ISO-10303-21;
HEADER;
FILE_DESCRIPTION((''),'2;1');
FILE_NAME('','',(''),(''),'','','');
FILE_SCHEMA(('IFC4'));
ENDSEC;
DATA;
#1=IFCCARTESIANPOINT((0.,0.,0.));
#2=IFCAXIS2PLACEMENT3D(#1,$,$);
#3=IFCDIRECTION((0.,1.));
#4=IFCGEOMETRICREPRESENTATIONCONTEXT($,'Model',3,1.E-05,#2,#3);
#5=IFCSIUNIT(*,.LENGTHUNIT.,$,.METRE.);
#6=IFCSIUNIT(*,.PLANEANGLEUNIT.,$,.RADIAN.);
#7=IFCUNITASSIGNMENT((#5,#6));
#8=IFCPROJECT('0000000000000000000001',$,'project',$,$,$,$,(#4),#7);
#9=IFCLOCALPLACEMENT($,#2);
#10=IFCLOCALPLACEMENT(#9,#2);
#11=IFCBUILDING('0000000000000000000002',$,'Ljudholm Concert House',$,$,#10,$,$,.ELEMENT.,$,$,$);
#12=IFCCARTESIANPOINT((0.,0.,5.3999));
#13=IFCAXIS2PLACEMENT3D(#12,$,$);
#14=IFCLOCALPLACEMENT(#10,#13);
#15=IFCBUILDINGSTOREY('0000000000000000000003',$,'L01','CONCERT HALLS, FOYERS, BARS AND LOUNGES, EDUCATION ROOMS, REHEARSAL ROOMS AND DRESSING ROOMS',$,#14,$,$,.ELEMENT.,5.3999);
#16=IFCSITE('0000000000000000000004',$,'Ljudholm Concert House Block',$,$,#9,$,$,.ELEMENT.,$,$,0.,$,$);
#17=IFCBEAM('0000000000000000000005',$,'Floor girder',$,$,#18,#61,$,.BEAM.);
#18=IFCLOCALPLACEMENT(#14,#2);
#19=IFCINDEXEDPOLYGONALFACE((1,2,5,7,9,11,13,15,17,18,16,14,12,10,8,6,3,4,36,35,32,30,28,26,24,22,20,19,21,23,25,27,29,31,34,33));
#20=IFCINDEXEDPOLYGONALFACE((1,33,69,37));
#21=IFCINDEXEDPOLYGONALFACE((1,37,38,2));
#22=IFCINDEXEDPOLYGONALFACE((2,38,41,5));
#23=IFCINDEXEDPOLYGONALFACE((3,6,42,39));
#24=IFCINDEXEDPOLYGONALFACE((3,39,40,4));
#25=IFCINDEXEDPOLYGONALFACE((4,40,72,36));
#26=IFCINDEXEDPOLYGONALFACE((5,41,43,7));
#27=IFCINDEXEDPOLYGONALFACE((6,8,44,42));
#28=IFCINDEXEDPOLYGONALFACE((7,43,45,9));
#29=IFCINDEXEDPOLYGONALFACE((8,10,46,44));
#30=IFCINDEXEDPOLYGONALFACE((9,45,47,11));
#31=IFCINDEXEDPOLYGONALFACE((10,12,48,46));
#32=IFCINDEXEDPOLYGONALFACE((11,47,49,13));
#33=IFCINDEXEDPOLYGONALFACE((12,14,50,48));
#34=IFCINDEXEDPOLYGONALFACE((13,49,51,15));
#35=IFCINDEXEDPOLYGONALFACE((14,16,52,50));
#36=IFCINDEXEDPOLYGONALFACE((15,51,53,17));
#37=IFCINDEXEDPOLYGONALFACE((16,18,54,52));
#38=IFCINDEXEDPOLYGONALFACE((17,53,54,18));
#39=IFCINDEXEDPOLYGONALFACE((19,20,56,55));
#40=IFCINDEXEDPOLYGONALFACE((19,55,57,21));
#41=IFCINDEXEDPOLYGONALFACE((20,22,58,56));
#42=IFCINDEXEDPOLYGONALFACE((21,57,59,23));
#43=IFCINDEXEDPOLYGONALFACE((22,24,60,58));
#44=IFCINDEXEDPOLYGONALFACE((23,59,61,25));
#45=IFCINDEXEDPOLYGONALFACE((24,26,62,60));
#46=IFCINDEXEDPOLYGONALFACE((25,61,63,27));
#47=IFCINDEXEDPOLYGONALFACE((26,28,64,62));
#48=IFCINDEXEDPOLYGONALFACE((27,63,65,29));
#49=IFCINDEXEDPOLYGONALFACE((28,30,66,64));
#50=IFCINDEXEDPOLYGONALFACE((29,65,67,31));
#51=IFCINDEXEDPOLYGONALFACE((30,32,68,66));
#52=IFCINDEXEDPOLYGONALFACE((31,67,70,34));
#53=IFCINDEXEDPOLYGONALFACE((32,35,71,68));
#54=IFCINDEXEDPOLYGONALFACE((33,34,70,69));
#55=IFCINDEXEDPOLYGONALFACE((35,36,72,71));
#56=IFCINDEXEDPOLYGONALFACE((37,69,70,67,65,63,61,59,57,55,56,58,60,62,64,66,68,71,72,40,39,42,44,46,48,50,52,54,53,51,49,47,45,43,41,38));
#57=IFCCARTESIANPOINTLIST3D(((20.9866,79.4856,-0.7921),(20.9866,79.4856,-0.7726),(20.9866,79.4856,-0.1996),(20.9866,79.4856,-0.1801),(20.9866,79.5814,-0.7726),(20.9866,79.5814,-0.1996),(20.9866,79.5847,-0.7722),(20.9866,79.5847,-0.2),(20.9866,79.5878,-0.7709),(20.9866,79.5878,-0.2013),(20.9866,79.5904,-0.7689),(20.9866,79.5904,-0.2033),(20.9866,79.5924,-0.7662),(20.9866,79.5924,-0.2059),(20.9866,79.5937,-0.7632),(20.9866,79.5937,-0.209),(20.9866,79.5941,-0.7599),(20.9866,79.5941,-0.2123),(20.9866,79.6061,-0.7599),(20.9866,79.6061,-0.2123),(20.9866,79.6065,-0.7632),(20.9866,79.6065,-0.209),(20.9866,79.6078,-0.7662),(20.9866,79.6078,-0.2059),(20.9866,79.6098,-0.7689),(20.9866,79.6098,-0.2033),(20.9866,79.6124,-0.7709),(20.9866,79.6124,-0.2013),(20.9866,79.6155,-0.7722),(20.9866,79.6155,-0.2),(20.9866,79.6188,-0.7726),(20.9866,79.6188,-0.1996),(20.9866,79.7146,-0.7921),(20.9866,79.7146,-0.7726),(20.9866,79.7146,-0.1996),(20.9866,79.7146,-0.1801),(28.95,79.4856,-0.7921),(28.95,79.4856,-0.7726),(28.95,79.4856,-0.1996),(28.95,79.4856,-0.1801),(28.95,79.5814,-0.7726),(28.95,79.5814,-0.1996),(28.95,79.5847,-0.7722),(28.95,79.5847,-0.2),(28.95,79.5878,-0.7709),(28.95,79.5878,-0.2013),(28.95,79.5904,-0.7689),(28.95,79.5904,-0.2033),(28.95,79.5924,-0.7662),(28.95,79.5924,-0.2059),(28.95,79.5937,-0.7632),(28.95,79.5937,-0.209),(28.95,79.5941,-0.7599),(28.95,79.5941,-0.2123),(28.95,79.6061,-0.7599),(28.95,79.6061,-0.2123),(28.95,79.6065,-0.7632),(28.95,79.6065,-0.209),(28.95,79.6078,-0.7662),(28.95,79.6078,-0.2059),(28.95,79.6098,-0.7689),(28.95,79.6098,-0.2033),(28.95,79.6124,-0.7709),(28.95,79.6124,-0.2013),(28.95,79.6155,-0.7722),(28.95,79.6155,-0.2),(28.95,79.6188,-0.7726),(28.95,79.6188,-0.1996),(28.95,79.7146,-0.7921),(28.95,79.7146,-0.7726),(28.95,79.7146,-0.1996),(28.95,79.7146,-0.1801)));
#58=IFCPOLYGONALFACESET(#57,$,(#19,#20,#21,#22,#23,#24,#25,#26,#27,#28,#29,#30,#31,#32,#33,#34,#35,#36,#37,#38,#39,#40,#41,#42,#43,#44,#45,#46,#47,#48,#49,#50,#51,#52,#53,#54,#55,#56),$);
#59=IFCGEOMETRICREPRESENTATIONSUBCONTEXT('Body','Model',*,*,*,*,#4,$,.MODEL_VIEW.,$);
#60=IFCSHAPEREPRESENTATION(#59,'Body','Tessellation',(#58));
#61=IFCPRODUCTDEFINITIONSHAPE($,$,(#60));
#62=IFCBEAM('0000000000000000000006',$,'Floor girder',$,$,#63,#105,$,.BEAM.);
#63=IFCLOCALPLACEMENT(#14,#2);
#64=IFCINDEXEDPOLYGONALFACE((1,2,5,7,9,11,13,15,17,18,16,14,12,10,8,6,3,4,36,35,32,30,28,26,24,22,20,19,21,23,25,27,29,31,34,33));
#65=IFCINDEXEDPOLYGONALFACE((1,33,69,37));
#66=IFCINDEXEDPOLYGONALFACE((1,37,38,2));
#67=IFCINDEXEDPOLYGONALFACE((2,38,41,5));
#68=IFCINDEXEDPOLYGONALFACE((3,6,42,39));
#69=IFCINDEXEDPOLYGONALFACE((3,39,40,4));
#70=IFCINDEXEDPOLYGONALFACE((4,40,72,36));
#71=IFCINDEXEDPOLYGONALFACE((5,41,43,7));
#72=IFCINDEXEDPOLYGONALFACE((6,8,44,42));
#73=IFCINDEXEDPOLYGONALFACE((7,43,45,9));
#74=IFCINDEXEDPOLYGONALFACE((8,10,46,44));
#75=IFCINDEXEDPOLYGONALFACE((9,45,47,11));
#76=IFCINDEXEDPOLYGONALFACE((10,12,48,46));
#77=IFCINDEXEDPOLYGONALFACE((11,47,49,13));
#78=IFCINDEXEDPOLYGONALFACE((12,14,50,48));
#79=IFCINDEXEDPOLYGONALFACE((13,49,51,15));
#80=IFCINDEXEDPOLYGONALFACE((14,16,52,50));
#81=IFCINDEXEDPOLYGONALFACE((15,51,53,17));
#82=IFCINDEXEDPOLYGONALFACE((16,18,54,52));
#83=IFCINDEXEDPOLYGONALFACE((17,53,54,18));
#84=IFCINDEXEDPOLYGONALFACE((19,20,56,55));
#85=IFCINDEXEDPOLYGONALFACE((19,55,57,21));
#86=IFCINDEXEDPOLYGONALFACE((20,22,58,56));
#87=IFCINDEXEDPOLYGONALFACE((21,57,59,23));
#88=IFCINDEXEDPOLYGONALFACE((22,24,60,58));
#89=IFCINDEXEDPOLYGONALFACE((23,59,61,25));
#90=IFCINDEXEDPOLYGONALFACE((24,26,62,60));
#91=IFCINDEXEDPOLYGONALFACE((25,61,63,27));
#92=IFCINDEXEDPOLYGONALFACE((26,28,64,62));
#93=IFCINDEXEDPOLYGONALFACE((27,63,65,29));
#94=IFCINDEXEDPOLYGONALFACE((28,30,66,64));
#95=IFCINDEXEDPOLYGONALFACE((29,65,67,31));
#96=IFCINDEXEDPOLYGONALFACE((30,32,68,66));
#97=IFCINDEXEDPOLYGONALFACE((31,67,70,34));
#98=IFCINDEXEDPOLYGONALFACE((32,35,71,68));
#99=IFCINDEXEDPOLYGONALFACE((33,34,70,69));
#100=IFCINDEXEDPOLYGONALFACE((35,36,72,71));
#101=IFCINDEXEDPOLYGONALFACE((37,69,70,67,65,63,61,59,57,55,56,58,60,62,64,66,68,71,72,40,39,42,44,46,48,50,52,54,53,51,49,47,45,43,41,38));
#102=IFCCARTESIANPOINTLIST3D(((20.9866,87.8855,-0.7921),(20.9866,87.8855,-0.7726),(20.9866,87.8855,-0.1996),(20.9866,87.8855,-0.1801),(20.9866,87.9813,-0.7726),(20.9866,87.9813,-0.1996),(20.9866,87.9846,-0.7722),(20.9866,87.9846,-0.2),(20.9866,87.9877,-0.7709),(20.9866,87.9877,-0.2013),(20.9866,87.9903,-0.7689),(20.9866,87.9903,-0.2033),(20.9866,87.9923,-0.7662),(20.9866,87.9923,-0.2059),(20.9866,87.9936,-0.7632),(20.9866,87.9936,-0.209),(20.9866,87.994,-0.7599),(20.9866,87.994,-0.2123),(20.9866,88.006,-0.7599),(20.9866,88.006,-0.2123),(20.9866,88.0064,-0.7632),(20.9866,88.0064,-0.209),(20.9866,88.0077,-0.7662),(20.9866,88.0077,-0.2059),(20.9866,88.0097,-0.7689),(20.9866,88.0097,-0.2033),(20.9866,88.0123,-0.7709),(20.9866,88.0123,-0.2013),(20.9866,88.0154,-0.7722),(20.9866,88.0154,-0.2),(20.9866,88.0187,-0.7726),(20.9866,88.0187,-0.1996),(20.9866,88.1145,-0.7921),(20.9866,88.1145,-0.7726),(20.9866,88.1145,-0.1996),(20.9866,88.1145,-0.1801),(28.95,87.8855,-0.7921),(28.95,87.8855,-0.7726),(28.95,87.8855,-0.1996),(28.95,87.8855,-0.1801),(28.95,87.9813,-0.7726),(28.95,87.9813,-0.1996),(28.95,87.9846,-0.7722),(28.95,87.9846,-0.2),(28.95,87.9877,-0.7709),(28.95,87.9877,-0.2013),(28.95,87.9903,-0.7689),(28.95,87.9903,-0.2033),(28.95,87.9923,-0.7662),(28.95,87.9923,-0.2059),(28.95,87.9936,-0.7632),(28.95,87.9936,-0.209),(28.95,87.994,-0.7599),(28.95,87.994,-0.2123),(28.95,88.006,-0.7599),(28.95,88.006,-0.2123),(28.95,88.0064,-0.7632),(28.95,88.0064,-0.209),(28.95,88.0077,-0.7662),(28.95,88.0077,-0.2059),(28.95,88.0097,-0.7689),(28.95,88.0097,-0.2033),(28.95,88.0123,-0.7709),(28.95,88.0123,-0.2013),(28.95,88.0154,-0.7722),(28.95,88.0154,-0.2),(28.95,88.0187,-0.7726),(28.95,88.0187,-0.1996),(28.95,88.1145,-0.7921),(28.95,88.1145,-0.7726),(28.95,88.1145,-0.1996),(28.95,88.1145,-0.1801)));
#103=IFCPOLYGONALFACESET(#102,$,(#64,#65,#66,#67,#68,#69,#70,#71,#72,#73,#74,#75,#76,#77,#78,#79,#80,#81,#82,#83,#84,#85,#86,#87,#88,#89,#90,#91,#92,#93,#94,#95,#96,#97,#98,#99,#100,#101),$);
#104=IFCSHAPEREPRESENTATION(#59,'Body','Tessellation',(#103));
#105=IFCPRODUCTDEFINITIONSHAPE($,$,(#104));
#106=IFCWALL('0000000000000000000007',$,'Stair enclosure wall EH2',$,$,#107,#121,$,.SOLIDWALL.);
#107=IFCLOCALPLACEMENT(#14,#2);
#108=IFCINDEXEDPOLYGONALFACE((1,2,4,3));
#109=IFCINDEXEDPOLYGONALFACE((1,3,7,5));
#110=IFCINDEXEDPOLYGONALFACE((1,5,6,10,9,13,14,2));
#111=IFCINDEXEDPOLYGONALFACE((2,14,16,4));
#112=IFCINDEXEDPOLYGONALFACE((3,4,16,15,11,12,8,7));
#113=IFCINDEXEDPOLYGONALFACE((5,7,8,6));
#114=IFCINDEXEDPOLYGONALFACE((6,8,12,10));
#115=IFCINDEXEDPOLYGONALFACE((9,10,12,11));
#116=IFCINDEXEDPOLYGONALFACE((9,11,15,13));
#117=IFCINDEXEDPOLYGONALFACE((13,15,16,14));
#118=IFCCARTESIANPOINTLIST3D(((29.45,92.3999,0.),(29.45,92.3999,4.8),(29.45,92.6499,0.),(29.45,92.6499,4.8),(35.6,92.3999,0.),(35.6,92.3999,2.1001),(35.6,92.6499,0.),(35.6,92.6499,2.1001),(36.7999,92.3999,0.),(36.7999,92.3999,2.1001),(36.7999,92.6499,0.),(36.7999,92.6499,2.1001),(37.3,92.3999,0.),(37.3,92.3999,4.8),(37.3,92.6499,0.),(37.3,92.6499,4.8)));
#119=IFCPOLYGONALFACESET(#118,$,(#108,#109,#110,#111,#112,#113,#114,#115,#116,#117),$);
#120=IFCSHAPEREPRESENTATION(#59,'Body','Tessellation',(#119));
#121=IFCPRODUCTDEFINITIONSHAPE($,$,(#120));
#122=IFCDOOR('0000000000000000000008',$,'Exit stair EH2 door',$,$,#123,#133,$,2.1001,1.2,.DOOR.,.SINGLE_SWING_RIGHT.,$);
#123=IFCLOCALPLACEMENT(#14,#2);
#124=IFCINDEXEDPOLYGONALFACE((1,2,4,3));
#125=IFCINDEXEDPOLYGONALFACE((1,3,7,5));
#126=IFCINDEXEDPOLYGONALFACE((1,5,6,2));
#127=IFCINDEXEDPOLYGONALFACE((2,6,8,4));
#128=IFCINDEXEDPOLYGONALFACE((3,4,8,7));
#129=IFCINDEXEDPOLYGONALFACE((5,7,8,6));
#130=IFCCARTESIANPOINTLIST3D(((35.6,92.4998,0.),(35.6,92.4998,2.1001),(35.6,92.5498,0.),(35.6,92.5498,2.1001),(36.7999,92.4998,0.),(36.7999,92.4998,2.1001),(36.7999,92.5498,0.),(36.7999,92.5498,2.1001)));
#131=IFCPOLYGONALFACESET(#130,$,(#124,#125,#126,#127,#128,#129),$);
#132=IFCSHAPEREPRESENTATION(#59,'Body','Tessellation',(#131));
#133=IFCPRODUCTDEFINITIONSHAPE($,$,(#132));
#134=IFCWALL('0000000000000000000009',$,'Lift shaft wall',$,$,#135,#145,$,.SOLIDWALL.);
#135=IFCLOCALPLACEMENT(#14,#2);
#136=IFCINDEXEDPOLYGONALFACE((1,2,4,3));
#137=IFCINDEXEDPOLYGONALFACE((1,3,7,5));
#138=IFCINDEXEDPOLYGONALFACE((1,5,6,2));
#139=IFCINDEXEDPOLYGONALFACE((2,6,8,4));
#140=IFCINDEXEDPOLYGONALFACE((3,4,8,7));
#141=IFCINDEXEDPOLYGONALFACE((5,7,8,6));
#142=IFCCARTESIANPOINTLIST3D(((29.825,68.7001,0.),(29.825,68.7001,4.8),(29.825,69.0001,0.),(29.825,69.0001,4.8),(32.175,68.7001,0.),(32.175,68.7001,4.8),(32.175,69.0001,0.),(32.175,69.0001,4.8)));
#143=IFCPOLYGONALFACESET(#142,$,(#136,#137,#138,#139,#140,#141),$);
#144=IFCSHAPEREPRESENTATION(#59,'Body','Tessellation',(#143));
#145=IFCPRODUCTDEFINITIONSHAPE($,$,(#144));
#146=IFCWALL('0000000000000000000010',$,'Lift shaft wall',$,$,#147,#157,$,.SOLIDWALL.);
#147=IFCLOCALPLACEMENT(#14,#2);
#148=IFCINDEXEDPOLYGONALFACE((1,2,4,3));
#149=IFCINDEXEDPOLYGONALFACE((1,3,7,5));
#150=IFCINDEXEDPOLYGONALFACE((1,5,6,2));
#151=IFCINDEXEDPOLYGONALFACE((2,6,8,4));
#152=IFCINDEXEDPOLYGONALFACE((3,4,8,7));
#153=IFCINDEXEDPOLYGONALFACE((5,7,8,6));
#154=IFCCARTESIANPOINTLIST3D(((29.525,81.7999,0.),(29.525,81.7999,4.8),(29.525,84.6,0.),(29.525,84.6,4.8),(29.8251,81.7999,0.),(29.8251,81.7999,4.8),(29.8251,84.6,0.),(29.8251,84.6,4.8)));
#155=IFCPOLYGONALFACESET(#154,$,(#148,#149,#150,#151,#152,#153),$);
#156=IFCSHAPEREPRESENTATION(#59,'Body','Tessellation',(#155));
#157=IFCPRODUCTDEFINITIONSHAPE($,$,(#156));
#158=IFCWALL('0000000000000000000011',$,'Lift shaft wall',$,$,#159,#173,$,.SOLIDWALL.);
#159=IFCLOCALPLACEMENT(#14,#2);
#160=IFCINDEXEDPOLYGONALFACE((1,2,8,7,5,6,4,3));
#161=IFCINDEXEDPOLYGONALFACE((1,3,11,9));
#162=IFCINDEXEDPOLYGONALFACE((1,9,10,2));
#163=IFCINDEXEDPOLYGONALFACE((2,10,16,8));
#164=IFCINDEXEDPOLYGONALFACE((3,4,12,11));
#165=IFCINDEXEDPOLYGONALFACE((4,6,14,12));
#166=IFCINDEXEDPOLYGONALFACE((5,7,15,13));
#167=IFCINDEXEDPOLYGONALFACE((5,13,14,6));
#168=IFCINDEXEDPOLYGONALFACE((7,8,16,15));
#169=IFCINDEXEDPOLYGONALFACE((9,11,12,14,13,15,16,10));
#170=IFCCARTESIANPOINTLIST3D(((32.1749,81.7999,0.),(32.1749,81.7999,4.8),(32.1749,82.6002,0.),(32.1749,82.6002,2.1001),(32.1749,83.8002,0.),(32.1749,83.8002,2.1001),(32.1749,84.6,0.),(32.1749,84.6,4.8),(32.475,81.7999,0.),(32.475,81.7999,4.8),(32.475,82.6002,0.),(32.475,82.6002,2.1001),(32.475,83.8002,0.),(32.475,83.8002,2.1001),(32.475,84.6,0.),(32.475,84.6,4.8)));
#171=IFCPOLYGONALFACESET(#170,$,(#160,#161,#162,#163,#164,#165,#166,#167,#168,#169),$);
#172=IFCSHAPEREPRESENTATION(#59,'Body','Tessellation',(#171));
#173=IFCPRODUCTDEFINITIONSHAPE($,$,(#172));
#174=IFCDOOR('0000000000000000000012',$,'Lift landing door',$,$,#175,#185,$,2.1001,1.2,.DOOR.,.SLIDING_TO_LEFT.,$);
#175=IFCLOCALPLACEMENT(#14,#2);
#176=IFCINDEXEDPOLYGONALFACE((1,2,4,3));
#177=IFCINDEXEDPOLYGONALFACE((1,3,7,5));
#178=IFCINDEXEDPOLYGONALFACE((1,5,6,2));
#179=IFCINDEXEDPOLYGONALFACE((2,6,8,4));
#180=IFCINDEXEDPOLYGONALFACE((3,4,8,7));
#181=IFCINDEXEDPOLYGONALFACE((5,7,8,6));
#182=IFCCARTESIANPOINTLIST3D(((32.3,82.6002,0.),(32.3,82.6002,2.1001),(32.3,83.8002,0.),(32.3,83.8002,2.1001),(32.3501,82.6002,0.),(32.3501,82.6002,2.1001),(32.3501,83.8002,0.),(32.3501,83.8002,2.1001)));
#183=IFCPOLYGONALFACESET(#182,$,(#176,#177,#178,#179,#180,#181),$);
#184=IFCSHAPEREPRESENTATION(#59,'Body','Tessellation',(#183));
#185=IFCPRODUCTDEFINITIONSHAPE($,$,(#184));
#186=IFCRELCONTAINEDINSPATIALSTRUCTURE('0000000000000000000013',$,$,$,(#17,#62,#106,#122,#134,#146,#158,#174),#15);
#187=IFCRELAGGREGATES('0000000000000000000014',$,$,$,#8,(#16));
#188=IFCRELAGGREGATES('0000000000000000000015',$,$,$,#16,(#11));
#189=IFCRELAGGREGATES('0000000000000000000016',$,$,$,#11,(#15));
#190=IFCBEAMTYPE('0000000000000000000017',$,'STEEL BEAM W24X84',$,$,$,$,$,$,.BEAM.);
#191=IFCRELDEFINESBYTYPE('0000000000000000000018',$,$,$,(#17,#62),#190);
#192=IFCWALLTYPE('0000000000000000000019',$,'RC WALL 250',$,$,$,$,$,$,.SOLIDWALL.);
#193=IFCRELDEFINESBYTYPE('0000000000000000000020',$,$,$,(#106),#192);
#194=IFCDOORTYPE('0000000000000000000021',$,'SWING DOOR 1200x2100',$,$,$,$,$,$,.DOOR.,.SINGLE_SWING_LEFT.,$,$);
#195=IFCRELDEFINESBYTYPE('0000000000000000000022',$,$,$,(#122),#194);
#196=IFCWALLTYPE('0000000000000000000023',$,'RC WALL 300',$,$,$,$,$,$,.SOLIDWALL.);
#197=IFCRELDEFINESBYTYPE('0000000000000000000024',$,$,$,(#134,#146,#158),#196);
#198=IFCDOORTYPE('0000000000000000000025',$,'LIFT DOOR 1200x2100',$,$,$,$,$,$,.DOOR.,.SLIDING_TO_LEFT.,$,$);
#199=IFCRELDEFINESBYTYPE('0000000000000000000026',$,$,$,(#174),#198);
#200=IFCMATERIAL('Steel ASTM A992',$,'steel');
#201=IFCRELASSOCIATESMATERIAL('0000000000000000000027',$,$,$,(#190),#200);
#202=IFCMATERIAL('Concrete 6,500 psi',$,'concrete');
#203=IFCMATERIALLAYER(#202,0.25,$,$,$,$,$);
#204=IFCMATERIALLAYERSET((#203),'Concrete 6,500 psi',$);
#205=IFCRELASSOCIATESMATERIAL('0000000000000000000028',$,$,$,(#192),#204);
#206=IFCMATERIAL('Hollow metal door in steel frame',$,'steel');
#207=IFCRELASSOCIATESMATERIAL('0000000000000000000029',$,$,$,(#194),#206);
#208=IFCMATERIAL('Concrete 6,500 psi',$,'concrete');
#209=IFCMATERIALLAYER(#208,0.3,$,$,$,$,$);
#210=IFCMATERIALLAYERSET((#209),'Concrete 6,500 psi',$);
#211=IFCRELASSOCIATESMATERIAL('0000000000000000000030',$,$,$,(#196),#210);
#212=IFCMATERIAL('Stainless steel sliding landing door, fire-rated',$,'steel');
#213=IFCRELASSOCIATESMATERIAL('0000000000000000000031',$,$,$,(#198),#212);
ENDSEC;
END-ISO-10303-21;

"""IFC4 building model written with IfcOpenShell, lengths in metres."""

from ifc_helpers import new_model, si_unit, direction, frame, frame_2d, origin, origin_2d, place, context, subcontext, project, spatial, rectangle, i_section, extrude, material, layer, layer_set, material_profile, profile_set, type_object, element, fill, save


model = new_model("IFC4")

# Units and contexts
model_context = context("Model", 3, precision=1e-05, world=origin(), true_north=direction((0.0, 1.0)))
body_context = subcontext(model_context, "Body", "Model", "MODEL_VIEW")
ifc_project = project(units=[si_unit("LENGTHUNIT", "METRE"), si_unit("PLANEANGLEUNIT", "RADIAN")], contexts=[model_context])

# Site, building, storey
site_placement = place(None, origin())
site = spatial("IfcSite", under=ifc_project, at=site_placement, Name="Ljudholm Concert House Block", CompositionType="ELEMENT", RefElevation=0.0)
building_placement = place(site_placement, origin())
building = spatial("IfcBuilding", under=site, at=building_placement, Name="Ljudholm Concert House", CompositionType="ELEMENT")
storey_placement = place(building_placement, frame((0.0, 0.0, 5.3999)))
storey = spatial("IfcBuildingStorey", under=building, at=storey_placement, Name="L01", Description="CONCERT HALLS, FOYERS, BARS AND LOUNGES, EDUCATION ROOMS, REHEARSAL ROOMS AND DRESSING ROOMS", CompositionType="ELEMENT", Elevation=5.3999)

# Beams
ifc_material_1 = material(Name="Steel ASTM A992", Category="steel")
ifc_material_profile_1 = material_profile(ifc_material_1, i_section(OverallWidth=0.229, OverallDepth=0.6121, WebThickness=0.012, FlangeThickness=0.0195, FilletRadius=0.0127, at=origin_2d()), Name="W24X84")
ifc_profile_set_1 = profile_set([ifc_material_profile_1], Name="Steel ASTM A992")
beam_type_1 = type_object("IfcBeamType", Name="STEEL BEAM W24X84", PredefinedType="BEAM", material=ifc_profile_set_1)
for number, where, z_axis, x_axis, name in (
    (1, (20.9866, 79.6001, -0.4861), (1.0, 0.0, 0.0), (0.0, 1.0, 0.0), "Floor girder"),
    (2, (20.9866, 88.0, -0.4861), (1.0, 0.0, 0.0), (0.0, 1.0, 0.0), "Floor girder"),
):
    element("IfcBeam", number, at=place(storey_placement, frame(where, z_axis=z_axis, x_axis=x_axis)), inside=storey, type_object=beam_type_1, Name=name, PredefinedType="BEAM", context=body_context, shape_type="SweptSolid", body=[
        extrude(i_section(OverallWidth=0.229, OverallDepth=0.6121, WebThickness=0.012, FlangeThickness=0.0195, FilletRadius=0.0127, at=origin_2d()), origin(), (0.0, 0.0, 1.0), 7.9634),
    ])

# Wall, opening, door
ifc_material_2 = material(Name="Concrete 6,500 psi", Category="concrete")
ifc_layer_1 = layer(ifc_material_2, 0.25)
ifc_layer_set_1 = layer_set([ifc_layer_1], Name="Concrete 6,500 psi")
wall_type_1 = type_object("IfcWallType", Name="RC WALL 250", PredefinedType="SOLIDWALL", material=ifc_layer_set_1)
wall_1_placement = place(storey_placement, frame((29.45, 92.5249, 0.0), z_axis=(0.0, 0.0, 1.0), x_axis=(1.0, 0.0, 0.0)))
wall_1 = element("IfcWall", 3, at=wall_1_placement, inside=storey, type_object=wall_type_1, Name="Stair enclosure wall EH2", PredefinedType="SOLIDWALL", context=body_context, shape_type="SweptSolid", body=[
    extrude(rectangle(XDim=7.8501, YDim=0.25, at=frame_2d((3.925, 0.0))), origin(), (0.0, 0.0, 1.0), 4.8),
])
opening_1_placement = place(wall_1_placement, frame((6.1499, 0.0, 0.0)))
opening_1 = element("IfcOpeningElement", 4, at=opening_1_placement, cuts=wall_1, PredefinedType="OPENING", context=body_context, shape_type="SweptSolid", body=[
    extrude(rectangle(XDim=1.2, YDim=2.1001, at=frame_2d((0.6001, 1.05))), frame((0.0, 0.135, 0.0), z_axis=(0.0, -1.0, 0.0), x_axis=(1.0, 0.0, 0.0)), (0.0, 0.0, 1.0), 0.27),
])
ifc_material_3 = material(Name="Hollow metal door in steel frame", Category="steel")
door_type_1 = type_object("IfcDoorType", Name="SWING DOOR 1200x2100", OperationType="SINGLE_SWING_LEFT", PredefinedType="DOOR", material=ifc_material_3)
door_1_placement = place(opening_1_placement, origin())
door_1 = element("IfcDoor", 5, at=door_1_placement, inside=storey, type_object=door_type_1, Name="Exit stair EH2 door", OperationType="SINGLE_SWING_RIGHT", OverallHeight=2.1001, OverallWidth=1.2, PredefinedType="DOOR", context=body_context, shape_type="SweptSolid", body=[
    extrude(rectangle(XDim=1.2, YDim=2.1001, at=frame_2d((0.6001, 1.05))), frame((0.0, 0.0249, 0.0), z_axis=(0.0, -1.0, 0.0), x_axis=(1.0, 0.0, 0.0)), (0.0, 0.0, 1.0), 0.05),
])
fill(opening_1, door_1)

# Walls
ifc_material_4 = material(Name="Concrete 6,500 psi", Category="concrete")
ifc_layer_2 = layer(ifc_material_4, 0.3)
ifc_layer_set_2 = layer_set([ifc_layer_2], Name="Concrete 6,500 psi")
wall_type_2 = type_object("IfcWallType", Name="RC WALL 300", PredefinedType="SOLIDWALL", material=ifc_layer_set_2)
wall_2_placement = place(storey_placement, frame((29.825, 68.8501, 0.0), z_axis=(0.0, 0.0, 1.0), x_axis=(1.0, 0.0, 0.0)))
element("IfcWall", 6, at=wall_2_placement, inside=storey, type_object=wall_type_2, Name="Lift shaft wall", PredefinedType="SOLIDWALL", context=body_context, shape_type="SweptSolid", body=[
    extrude(rectangle(XDim=2.3501, YDim=0.3, at=frame_2d((1.175, 0.0))), origin(), (0.0, 0.0, 1.0), 4.8),
])
wall_3_placement = place(storey_placement, frame((29.675, 81.8, 0.0), z_axis=(0.0, 0.0, 1.0), x_axis=(0.0, 1.0, 0.0)))
element("IfcWall", 7, at=wall_3_placement, inside=storey, type_object=wall_type_2, Name="Lift shaft wall", PredefinedType="SOLIDWALL", context=body_context, shape_type="SweptSolid", body=[
    extrude(rectangle(XDim=2.8, YDim=0.3, at=frame_2d((1.3999, 0.0))), origin(), (0.0, 0.0, 1.0), 4.8),
])

# Wall, opening, door
wall_4_placement = place(storey_placement, frame((32.325, 81.8, 0.0), z_axis=(0.0, 0.0, 1.0), x_axis=(0.0, 1.0, 0.0)))
wall_4 = element("IfcWall", 8, at=wall_4_placement, inside=storey, type_object=wall_type_2, Name="Lift shaft wall", PredefinedType="SOLIDWALL", context=body_context, shape_type="SweptSolid", body=[
    extrude(rectangle(XDim=2.8, YDim=0.3, at=frame_2d((1.3999, 0.0))), origin(), (0.0, 0.0, 1.0), 4.8),
])
opening_2_placement = place(wall_4_placement, frame((0.8, 0.0, 0.0)))
opening_2 = element("IfcOpeningElement", 9, at=opening_2_placement, cuts=wall_4, PredefinedType="OPENING", context=body_context, shape_type="SweptSolid", body=[
    extrude(rectangle(XDim=1.2, YDim=2.1001, at=frame_2d((0.6001, 1.05))), frame((0.0, 0.1599, 0.0), z_axis=(0.0, -1.0, 0.0), x_axis=(1.0, 0.0, 0.0)), (0.0, 0.0, 1.0), 0.3201),
])
ifc_material_5 = material(Name="Stainless steel sliding landing door, fire-rated", Category="steel")
door_type_2 = type_object("IfcDoorType", Name="LIFT DOOR 1200x2100", OperationType="SLIDING_TO_LEFT", PredefinedType="DOOR", material=ifc_material_5)
door_2_placement = place(opening_2_placement, origin())
door_2 = element("IfcDoor", 10, at=door_2_placement, inside=storey, type_object=door_type_2, Name="Lift landing door", OperationType="SLIDING_TO_LEFT", OverallHeight=2.1001, OverallWidth=1.2, PredefinedType="DOOR", context=body_context, shape_type="SweptSolid", body=[
    extrude(rectangle(XDim=1.2, YDim=2.1001, at=frame_2d((0.6001, 1.05))), frame((0.0, 0.0249, 0.0), z_axis=(0.0, -1.0, 0.0), x_axis=(1.0, 0.0, 0.0)), (0.0, 0.0, 1.0), 0.05),
])
fill(opening_2, door_2)

save(model, "model.ifc")
